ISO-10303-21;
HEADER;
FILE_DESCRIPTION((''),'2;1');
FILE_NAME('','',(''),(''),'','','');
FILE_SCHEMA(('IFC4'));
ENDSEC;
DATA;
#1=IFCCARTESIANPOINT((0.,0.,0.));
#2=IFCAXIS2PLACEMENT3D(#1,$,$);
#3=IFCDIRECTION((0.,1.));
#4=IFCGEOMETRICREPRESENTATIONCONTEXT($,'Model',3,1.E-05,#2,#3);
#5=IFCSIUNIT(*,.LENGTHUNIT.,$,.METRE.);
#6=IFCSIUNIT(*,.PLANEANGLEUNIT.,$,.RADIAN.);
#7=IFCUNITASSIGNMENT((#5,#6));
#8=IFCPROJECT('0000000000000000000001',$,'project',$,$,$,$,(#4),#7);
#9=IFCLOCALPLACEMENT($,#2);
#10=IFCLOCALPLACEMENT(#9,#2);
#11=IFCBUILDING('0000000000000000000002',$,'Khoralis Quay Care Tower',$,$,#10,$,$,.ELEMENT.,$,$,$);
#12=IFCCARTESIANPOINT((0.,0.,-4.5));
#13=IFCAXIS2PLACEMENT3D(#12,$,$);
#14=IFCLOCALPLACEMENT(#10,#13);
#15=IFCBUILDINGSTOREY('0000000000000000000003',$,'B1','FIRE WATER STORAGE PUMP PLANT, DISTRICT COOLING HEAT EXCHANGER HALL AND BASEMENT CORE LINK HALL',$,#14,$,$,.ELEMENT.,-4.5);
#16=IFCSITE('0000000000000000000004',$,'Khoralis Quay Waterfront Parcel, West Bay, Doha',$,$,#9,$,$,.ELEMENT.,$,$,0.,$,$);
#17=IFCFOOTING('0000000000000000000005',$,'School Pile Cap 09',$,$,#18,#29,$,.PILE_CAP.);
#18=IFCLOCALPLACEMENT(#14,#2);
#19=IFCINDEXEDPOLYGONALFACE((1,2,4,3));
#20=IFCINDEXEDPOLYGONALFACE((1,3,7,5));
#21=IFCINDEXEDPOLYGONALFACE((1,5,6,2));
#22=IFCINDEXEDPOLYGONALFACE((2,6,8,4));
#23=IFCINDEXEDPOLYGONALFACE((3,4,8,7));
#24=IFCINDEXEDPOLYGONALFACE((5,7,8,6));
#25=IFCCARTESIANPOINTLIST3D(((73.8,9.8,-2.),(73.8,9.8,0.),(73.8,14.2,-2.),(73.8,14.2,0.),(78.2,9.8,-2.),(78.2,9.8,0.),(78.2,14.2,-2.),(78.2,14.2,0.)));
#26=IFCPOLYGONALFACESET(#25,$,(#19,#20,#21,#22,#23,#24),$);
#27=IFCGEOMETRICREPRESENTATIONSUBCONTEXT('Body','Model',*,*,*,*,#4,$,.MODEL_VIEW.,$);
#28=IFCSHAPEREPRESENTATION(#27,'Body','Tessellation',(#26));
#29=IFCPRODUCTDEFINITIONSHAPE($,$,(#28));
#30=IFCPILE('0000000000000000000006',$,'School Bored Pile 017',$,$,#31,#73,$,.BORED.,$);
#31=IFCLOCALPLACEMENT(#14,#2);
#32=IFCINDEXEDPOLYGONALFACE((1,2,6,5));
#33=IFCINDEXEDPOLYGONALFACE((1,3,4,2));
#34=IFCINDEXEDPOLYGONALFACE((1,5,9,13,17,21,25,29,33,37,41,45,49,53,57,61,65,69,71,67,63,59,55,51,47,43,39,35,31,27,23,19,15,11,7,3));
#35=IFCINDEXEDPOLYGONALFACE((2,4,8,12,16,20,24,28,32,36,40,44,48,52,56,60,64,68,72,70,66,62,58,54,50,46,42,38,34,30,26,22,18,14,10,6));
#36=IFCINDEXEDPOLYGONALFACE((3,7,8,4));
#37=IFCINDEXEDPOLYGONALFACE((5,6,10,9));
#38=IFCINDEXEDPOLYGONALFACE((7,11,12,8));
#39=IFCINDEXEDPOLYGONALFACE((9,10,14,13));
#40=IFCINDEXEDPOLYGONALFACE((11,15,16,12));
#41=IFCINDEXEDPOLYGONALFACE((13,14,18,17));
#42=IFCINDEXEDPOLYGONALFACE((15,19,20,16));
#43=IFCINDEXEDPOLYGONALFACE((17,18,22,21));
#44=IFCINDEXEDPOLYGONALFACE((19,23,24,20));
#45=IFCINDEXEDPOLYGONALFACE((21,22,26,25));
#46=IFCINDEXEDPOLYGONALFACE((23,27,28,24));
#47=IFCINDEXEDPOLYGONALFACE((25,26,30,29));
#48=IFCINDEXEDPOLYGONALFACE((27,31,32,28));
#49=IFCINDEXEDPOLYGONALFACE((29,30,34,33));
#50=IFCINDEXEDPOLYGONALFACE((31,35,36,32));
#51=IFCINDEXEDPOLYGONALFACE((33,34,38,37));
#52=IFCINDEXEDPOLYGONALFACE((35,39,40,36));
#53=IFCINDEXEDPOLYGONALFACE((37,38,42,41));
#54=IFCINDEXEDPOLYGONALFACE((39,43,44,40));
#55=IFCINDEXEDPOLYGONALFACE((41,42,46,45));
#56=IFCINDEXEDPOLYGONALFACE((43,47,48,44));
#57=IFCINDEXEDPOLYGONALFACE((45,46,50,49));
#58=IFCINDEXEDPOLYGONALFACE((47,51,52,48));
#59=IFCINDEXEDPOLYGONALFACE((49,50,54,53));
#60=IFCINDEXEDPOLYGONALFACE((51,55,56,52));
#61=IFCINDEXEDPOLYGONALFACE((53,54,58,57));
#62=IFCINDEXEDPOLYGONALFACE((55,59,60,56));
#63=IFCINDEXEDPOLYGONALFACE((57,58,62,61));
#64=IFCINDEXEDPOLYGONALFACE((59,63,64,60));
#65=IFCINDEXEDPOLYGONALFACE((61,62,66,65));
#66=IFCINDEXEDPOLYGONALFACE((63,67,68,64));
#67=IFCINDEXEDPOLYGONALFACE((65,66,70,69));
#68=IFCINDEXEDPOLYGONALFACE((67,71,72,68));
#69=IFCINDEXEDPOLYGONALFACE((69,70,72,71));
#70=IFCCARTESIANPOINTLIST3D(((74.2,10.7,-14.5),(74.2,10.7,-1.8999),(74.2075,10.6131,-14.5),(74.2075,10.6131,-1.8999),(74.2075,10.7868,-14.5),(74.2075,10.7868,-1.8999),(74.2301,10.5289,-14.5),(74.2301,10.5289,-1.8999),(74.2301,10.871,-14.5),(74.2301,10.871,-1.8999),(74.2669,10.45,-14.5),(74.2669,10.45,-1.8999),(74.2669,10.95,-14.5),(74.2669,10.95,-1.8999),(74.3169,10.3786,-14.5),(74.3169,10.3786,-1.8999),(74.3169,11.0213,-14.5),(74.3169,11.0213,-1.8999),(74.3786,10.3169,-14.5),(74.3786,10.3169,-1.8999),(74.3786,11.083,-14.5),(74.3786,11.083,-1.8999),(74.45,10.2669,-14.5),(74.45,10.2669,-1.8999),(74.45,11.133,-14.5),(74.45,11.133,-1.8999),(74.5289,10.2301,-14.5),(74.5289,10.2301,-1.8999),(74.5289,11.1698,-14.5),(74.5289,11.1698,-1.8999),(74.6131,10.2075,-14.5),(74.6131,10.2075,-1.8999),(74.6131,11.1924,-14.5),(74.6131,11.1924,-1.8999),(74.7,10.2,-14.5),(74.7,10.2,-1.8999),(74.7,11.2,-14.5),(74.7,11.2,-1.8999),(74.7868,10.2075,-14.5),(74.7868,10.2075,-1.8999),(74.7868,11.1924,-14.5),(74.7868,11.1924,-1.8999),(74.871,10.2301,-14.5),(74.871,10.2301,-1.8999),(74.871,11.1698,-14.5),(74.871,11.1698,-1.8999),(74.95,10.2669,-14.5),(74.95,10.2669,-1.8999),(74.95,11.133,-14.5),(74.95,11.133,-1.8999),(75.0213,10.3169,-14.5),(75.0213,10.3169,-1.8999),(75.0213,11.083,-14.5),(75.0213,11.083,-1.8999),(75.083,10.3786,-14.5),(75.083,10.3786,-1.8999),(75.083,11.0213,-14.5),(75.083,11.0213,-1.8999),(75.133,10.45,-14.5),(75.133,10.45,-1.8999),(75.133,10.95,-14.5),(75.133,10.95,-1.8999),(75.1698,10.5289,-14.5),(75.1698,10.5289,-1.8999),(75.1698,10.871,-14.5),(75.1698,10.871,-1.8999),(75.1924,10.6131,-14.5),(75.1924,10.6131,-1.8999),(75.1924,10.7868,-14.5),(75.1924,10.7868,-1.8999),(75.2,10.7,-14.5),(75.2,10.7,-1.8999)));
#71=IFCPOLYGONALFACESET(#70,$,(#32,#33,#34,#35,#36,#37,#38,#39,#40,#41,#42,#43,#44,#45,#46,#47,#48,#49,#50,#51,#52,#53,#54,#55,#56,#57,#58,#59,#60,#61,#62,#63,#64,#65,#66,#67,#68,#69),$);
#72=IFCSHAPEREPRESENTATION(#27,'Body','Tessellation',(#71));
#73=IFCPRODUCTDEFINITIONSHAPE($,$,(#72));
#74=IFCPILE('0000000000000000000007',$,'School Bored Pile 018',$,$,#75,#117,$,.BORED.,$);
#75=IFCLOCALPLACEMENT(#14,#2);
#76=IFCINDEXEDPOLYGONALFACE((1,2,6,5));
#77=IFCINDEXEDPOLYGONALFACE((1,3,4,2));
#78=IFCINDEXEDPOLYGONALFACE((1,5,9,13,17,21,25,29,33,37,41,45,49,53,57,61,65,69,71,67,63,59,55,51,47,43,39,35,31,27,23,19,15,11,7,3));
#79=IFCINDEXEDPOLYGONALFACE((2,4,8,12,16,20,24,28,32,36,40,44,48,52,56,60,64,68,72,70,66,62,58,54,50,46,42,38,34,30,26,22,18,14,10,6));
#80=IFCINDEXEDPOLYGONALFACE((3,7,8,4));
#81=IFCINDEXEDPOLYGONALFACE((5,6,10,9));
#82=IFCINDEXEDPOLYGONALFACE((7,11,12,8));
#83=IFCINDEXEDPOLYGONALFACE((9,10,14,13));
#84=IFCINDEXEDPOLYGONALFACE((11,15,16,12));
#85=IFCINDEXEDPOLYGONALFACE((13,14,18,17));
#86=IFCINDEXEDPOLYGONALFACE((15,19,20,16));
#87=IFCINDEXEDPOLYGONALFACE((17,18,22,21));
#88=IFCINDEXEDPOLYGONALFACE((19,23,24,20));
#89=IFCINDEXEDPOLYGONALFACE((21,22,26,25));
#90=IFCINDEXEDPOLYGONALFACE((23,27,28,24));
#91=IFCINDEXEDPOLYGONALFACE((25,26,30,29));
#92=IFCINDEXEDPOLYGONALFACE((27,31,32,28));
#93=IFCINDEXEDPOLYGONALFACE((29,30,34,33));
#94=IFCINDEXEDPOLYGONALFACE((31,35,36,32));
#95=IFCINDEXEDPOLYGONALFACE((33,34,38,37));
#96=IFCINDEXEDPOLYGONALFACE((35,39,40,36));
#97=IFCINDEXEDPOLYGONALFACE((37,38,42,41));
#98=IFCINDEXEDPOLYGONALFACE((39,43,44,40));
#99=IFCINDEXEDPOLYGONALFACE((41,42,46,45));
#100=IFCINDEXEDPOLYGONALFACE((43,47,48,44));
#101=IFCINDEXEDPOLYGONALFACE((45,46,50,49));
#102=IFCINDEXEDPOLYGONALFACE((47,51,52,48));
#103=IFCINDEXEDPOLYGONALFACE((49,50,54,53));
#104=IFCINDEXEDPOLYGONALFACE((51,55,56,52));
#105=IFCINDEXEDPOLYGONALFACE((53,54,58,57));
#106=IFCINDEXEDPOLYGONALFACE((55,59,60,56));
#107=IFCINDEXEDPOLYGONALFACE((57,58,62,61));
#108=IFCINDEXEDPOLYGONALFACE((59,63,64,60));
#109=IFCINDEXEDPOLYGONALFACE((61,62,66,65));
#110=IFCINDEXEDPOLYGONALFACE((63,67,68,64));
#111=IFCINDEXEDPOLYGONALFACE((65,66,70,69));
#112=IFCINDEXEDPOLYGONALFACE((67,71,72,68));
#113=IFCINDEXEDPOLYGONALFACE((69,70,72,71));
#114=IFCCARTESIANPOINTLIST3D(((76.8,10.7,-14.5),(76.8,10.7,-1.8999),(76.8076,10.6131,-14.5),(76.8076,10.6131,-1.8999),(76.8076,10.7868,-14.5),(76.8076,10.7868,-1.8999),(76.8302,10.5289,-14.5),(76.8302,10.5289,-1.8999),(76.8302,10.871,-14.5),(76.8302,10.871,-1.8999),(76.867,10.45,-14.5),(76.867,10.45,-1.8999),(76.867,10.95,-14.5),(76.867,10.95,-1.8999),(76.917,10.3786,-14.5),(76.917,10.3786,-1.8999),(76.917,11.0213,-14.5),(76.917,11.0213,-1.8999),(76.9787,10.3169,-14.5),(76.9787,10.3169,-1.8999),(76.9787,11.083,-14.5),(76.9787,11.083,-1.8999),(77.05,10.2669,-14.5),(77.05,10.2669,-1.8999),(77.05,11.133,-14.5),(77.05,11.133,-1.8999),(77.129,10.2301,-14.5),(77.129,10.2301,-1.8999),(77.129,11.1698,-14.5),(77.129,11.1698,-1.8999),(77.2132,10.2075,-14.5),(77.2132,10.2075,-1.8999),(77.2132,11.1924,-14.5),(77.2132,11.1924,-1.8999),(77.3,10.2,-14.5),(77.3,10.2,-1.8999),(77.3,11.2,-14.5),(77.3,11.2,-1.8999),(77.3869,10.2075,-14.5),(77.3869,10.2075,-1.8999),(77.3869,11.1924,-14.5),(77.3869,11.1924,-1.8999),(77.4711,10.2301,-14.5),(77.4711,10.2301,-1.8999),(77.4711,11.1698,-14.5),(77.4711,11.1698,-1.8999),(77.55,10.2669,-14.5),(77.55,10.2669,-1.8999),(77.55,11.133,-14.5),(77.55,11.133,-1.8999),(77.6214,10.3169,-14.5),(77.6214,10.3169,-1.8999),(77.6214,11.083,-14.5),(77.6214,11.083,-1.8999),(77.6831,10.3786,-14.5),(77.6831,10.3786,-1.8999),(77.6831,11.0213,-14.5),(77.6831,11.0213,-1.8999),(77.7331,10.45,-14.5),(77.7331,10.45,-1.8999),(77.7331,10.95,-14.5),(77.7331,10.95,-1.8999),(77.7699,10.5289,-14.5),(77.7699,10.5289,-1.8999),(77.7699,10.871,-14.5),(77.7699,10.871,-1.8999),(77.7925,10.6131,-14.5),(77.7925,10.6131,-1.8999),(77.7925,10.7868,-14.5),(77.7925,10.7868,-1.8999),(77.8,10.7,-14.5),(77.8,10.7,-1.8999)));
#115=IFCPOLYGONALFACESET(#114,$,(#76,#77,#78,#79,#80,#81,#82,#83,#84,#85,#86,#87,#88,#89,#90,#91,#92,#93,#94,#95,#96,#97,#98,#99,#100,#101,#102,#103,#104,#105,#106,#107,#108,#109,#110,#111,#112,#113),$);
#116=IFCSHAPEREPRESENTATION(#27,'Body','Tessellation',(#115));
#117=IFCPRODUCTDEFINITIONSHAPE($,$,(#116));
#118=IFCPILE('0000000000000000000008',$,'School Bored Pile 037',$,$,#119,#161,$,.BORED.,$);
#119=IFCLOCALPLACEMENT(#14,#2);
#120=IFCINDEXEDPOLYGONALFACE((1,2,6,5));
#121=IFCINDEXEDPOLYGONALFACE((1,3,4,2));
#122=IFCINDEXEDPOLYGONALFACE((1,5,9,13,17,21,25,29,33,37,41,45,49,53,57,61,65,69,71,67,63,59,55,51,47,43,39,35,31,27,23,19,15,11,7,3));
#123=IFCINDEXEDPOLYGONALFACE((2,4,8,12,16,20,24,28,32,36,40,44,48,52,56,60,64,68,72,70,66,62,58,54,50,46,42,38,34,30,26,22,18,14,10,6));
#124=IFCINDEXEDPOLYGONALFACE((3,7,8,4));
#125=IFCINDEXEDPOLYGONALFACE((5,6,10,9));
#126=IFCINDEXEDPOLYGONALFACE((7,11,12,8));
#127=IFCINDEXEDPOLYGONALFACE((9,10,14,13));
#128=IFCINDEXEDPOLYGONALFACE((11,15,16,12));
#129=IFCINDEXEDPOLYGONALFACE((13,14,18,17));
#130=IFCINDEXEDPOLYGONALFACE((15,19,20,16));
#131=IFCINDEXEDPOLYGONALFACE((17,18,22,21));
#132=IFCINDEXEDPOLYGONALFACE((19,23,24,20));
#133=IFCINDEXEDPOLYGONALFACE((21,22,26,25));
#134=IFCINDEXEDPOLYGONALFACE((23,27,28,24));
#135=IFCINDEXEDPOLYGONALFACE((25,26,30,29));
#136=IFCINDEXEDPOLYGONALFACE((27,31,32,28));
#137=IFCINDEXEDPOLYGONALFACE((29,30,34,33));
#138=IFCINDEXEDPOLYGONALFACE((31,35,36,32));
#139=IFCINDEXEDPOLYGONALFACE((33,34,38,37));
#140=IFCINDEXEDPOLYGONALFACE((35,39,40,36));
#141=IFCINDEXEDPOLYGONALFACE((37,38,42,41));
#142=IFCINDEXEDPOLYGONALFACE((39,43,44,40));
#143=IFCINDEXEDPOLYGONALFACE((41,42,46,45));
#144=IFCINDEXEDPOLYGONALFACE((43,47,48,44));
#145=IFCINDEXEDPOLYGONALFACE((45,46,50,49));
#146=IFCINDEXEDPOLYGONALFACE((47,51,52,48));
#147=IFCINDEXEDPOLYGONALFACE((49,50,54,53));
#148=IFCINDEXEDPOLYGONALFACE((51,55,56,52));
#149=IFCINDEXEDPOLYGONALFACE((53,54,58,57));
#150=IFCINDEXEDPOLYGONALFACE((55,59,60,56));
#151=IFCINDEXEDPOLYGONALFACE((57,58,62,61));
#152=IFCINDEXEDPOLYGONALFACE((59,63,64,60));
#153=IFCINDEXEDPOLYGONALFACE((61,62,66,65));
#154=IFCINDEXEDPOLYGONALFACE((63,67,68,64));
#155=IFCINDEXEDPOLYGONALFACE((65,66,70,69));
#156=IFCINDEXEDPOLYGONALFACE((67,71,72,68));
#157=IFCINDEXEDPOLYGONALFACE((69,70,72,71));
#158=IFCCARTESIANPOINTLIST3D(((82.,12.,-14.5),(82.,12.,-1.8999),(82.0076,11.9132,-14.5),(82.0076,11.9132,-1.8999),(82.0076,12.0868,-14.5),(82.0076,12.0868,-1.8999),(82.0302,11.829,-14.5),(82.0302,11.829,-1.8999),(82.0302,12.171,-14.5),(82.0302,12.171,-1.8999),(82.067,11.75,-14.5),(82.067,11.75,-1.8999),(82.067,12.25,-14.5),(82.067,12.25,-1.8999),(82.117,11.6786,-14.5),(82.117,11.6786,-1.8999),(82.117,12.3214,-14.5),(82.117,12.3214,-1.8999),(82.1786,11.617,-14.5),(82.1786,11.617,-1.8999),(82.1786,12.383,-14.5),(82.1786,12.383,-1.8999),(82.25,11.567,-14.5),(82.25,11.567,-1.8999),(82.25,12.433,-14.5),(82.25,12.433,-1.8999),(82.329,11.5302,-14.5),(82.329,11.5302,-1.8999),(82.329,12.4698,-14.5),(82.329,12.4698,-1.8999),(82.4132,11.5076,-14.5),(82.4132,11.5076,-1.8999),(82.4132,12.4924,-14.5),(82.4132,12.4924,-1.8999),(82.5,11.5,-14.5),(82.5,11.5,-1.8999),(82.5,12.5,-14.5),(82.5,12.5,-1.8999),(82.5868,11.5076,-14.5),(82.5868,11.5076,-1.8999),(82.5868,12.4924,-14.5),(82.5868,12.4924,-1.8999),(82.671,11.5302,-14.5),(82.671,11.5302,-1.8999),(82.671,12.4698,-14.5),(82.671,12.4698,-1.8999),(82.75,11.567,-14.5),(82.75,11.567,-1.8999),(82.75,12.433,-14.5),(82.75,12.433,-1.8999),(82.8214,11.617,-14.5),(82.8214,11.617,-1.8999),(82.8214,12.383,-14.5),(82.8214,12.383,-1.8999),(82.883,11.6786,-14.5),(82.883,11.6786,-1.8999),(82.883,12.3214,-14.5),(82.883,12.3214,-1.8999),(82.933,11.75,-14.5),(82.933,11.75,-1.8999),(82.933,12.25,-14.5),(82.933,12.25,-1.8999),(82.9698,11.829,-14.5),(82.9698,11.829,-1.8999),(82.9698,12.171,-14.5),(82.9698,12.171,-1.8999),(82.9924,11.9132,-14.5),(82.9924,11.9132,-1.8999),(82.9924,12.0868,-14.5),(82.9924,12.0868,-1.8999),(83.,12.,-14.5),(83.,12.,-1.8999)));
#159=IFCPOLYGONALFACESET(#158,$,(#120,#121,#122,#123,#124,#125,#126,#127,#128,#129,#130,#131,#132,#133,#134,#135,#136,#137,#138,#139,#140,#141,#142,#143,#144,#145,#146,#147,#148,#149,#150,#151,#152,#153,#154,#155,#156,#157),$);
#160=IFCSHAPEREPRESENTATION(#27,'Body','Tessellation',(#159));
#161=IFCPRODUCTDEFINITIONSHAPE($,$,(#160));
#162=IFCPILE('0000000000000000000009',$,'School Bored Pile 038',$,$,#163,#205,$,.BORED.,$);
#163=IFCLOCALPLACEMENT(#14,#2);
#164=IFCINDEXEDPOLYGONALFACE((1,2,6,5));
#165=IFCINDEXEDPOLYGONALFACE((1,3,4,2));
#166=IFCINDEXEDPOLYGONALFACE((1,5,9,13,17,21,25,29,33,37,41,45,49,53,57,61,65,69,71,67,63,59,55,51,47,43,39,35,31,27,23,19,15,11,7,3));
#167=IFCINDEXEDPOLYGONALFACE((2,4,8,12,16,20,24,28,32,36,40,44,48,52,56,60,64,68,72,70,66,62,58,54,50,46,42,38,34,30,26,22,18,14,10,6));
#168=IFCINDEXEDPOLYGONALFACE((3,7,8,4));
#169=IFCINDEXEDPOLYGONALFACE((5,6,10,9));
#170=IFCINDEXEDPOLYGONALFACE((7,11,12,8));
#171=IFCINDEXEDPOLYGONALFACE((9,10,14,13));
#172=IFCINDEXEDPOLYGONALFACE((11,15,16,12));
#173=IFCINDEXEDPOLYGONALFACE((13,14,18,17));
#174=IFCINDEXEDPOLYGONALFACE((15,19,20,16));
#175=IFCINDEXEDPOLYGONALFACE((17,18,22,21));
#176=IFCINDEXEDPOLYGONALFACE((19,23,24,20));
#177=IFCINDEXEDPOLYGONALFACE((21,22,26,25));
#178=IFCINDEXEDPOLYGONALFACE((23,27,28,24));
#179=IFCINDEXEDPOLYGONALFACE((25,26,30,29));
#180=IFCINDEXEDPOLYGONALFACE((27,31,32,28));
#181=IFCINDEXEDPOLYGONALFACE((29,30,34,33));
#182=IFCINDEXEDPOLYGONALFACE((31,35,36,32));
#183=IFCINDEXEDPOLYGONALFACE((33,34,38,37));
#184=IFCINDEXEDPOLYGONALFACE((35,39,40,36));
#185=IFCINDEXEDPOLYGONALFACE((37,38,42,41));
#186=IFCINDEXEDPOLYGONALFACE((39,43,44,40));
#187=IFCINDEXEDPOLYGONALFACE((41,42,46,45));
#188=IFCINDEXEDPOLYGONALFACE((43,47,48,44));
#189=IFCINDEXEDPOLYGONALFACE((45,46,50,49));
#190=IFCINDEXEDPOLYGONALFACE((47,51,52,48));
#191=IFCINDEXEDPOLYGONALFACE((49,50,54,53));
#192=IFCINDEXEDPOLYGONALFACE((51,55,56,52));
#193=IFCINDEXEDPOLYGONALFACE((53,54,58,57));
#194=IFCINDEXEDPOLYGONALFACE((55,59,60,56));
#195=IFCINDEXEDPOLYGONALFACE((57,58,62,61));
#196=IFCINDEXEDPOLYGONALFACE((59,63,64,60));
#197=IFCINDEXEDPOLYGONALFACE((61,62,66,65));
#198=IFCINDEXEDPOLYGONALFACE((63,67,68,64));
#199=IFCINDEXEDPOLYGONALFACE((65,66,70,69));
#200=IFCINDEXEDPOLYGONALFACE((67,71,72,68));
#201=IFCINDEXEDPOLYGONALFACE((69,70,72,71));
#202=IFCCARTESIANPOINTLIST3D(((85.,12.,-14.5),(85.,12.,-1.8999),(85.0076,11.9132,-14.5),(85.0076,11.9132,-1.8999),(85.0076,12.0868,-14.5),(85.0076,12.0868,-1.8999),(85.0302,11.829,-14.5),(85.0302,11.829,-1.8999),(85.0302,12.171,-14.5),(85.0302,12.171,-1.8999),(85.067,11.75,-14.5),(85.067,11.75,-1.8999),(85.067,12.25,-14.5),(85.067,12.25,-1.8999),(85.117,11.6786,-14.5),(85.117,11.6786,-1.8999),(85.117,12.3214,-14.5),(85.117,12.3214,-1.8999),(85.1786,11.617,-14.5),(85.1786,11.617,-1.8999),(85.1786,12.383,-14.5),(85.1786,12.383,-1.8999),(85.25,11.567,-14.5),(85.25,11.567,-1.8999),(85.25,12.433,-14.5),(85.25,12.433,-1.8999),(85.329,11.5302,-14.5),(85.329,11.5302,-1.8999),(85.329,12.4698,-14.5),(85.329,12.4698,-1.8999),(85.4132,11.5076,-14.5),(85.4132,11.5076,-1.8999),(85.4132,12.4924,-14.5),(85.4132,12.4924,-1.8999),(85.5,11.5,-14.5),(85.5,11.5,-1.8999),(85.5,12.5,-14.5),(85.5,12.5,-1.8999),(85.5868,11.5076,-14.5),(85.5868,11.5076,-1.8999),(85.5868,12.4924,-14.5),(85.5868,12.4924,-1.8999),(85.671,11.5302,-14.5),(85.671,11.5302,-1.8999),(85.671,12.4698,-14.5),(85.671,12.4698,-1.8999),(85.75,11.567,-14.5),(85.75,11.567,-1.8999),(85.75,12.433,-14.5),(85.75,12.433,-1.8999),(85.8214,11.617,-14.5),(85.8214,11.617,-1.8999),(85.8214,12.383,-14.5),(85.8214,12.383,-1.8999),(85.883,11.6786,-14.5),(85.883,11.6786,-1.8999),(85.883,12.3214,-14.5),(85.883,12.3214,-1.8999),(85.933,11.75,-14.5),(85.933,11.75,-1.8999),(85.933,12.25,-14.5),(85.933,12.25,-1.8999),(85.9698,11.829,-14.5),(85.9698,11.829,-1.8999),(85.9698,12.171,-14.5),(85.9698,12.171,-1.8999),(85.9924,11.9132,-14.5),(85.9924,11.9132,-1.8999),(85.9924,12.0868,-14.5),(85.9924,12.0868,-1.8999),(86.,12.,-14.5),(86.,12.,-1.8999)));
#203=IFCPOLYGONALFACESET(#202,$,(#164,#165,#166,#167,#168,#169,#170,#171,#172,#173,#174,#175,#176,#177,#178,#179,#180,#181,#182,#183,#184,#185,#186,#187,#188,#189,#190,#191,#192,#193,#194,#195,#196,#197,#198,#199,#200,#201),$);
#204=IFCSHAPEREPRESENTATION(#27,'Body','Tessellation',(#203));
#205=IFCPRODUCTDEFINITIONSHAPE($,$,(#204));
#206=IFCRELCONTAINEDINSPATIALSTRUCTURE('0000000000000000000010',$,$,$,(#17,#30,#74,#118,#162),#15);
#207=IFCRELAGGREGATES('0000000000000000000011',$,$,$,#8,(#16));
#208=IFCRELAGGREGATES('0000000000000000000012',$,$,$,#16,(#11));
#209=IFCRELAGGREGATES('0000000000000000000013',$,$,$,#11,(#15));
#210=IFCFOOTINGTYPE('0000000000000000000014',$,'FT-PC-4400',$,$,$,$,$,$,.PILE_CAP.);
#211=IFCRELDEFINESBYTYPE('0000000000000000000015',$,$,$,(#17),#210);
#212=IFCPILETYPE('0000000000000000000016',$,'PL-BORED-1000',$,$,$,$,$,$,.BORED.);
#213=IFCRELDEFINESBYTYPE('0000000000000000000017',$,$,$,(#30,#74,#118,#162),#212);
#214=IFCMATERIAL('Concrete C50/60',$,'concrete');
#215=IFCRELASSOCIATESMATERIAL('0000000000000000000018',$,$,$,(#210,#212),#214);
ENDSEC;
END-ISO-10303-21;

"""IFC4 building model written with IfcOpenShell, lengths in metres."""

from ifc_helpers import new_model, si_unit, direction, frame, origin, origin_2d, place, context, subcontext, project, spatial, rectangle, circle, extrude, source, transform, mapped, material, material_profile, profile_set, type_object, element, save


model = new_model("IFC4")

# Units and contexts
model_context = context("Model", 3, precision=1e-05, world=origin(), true_north=direction((0.0, 1.0)))
body_context = subcontext(model_context, "Body", "Model", "MODEL_VIEW")
ifc_project = project(units=[si_unit("LENGTHUNIT", "METRE"), si_unit("PLANEANGLEUNIT", "RADIAN")], contexts=[model_context])

# Site, building, storey
site_placement = place(None, origin())
site = spatial("IfcSite", under=ifc_project, at=site_placement, Name="Khoralis Quay Waterfront Parcel, West Bay, Doha", CompositionType="ELEMENT", RefElevation=0.0)
building_placement = place(site_placement, origin())
building = spatial("IfcBuilding", under=site, at=building_placement, Name="Khoralis Quay Care Tower", CompositionType="ELEMENT")
storey_placement = place(building_placement, frame((0.0, 0.0, -4.5)))
storey = spatial("IfcBuildingStorey", under=building, at=storey_placement, Name="B1", Description="FIRE WATER STORAGE PUMP PLANT, DISTRICT COOLING HEAT EXCHANGER HALL AND BASEMENT CORE LINK HALL", CompositionType="ELEMENT", Elevation=-4.5)

# Footing
ifc_material_1 = material(Name="Concrete C50/60", Category="concrete")
footing_type_1 = type_object("IfcFootingType", Name="FT-PC-4400", PredefinedType="PILE_CAP", material=ifc_material_1)
shared_shape_1 = source(origin(), body_context, "Body", "SweptSolid", [
    extrude(rectangle(XDim=4.3999, YDim=4.3999, at=origin_2d()), origin(), (0.0, 0.0, 1.0), 2.0),
])
footing_1_placement = place(storey_placement, frame((76.0, 12.0, -2.0), z_axis=(0.0, 0.0, 1.0), x_axis=(1.0, 0.0, 0.0)))
element("IfcFooting", 1, at=footing_1_placement, inside=storey, type_object=footing_type_1, Name="School Pile Cap 09", PredefinedType="PILE_CAP", context=body_context, shape_type="MappedRepresentation", body=[
    mapped(shared_shape_1, transform((0.0, 0.0, 0.0), scale=1.0)),
])

# Piles
ifc_material_profile_1 = material_profile(ifc_material_1, circle(Radius=0.5, at=origin_2d()), Name="Concrete C50/60")
ifc_profile_set_1 = profile_set([ifc_material_profile_1], Name="Concrete C50/60")
pile_type = type_object("IfcPileType", Name="PL-BORED-1000", PredefinedType="BORED", material=ifc_profile_set_1)
shared_shape_2 = source(origin(), body_context, "Body", "SweptSolid", [
    extrude(circle(Radius=0.5, at=origin_2d()), origin(), (0.0, 0.0, 1.0), 12.6001),
])
for number, where, z_axis, x_axis, name in (
    (2, (74.7, 10.7, -1.8999), (0.0, 0.0, -1.0), (1.0, 0.0, 0.0), "School Bored Pile 017"),
    (3, (77.3, 10.7, -1.8999), (0.0, 0.0, -1.0), (1.0, 0.0, 0.0), "School Bored Pile 018"),
    (4, (82.5, 12.0, -1.8999), (0.0, 0.0, -1.0), (1.0, 0.0, 0.0), "School Bored Pile 037"),
    (5, (85.5, 12.0, -1.8999), (0.0, 0.0, -1.0), (1.0, 0.0, 0.0), "School Bored Pile 038"),
):
    element("IfcPile", number, at=place(storey_placement, frame(where, z_axis=z_axis, x_axis=x_axis)), inside=storey, type_object=pile_type, Name=name, PredefinedType="BORED", context=body_context, shape_type="MappedRepresentation", body=[
        mapped(shared_shape_2, transform((0.0, 0.0, 0.0), scale=1.0)),
    ])

save(model, "model.ifc")
